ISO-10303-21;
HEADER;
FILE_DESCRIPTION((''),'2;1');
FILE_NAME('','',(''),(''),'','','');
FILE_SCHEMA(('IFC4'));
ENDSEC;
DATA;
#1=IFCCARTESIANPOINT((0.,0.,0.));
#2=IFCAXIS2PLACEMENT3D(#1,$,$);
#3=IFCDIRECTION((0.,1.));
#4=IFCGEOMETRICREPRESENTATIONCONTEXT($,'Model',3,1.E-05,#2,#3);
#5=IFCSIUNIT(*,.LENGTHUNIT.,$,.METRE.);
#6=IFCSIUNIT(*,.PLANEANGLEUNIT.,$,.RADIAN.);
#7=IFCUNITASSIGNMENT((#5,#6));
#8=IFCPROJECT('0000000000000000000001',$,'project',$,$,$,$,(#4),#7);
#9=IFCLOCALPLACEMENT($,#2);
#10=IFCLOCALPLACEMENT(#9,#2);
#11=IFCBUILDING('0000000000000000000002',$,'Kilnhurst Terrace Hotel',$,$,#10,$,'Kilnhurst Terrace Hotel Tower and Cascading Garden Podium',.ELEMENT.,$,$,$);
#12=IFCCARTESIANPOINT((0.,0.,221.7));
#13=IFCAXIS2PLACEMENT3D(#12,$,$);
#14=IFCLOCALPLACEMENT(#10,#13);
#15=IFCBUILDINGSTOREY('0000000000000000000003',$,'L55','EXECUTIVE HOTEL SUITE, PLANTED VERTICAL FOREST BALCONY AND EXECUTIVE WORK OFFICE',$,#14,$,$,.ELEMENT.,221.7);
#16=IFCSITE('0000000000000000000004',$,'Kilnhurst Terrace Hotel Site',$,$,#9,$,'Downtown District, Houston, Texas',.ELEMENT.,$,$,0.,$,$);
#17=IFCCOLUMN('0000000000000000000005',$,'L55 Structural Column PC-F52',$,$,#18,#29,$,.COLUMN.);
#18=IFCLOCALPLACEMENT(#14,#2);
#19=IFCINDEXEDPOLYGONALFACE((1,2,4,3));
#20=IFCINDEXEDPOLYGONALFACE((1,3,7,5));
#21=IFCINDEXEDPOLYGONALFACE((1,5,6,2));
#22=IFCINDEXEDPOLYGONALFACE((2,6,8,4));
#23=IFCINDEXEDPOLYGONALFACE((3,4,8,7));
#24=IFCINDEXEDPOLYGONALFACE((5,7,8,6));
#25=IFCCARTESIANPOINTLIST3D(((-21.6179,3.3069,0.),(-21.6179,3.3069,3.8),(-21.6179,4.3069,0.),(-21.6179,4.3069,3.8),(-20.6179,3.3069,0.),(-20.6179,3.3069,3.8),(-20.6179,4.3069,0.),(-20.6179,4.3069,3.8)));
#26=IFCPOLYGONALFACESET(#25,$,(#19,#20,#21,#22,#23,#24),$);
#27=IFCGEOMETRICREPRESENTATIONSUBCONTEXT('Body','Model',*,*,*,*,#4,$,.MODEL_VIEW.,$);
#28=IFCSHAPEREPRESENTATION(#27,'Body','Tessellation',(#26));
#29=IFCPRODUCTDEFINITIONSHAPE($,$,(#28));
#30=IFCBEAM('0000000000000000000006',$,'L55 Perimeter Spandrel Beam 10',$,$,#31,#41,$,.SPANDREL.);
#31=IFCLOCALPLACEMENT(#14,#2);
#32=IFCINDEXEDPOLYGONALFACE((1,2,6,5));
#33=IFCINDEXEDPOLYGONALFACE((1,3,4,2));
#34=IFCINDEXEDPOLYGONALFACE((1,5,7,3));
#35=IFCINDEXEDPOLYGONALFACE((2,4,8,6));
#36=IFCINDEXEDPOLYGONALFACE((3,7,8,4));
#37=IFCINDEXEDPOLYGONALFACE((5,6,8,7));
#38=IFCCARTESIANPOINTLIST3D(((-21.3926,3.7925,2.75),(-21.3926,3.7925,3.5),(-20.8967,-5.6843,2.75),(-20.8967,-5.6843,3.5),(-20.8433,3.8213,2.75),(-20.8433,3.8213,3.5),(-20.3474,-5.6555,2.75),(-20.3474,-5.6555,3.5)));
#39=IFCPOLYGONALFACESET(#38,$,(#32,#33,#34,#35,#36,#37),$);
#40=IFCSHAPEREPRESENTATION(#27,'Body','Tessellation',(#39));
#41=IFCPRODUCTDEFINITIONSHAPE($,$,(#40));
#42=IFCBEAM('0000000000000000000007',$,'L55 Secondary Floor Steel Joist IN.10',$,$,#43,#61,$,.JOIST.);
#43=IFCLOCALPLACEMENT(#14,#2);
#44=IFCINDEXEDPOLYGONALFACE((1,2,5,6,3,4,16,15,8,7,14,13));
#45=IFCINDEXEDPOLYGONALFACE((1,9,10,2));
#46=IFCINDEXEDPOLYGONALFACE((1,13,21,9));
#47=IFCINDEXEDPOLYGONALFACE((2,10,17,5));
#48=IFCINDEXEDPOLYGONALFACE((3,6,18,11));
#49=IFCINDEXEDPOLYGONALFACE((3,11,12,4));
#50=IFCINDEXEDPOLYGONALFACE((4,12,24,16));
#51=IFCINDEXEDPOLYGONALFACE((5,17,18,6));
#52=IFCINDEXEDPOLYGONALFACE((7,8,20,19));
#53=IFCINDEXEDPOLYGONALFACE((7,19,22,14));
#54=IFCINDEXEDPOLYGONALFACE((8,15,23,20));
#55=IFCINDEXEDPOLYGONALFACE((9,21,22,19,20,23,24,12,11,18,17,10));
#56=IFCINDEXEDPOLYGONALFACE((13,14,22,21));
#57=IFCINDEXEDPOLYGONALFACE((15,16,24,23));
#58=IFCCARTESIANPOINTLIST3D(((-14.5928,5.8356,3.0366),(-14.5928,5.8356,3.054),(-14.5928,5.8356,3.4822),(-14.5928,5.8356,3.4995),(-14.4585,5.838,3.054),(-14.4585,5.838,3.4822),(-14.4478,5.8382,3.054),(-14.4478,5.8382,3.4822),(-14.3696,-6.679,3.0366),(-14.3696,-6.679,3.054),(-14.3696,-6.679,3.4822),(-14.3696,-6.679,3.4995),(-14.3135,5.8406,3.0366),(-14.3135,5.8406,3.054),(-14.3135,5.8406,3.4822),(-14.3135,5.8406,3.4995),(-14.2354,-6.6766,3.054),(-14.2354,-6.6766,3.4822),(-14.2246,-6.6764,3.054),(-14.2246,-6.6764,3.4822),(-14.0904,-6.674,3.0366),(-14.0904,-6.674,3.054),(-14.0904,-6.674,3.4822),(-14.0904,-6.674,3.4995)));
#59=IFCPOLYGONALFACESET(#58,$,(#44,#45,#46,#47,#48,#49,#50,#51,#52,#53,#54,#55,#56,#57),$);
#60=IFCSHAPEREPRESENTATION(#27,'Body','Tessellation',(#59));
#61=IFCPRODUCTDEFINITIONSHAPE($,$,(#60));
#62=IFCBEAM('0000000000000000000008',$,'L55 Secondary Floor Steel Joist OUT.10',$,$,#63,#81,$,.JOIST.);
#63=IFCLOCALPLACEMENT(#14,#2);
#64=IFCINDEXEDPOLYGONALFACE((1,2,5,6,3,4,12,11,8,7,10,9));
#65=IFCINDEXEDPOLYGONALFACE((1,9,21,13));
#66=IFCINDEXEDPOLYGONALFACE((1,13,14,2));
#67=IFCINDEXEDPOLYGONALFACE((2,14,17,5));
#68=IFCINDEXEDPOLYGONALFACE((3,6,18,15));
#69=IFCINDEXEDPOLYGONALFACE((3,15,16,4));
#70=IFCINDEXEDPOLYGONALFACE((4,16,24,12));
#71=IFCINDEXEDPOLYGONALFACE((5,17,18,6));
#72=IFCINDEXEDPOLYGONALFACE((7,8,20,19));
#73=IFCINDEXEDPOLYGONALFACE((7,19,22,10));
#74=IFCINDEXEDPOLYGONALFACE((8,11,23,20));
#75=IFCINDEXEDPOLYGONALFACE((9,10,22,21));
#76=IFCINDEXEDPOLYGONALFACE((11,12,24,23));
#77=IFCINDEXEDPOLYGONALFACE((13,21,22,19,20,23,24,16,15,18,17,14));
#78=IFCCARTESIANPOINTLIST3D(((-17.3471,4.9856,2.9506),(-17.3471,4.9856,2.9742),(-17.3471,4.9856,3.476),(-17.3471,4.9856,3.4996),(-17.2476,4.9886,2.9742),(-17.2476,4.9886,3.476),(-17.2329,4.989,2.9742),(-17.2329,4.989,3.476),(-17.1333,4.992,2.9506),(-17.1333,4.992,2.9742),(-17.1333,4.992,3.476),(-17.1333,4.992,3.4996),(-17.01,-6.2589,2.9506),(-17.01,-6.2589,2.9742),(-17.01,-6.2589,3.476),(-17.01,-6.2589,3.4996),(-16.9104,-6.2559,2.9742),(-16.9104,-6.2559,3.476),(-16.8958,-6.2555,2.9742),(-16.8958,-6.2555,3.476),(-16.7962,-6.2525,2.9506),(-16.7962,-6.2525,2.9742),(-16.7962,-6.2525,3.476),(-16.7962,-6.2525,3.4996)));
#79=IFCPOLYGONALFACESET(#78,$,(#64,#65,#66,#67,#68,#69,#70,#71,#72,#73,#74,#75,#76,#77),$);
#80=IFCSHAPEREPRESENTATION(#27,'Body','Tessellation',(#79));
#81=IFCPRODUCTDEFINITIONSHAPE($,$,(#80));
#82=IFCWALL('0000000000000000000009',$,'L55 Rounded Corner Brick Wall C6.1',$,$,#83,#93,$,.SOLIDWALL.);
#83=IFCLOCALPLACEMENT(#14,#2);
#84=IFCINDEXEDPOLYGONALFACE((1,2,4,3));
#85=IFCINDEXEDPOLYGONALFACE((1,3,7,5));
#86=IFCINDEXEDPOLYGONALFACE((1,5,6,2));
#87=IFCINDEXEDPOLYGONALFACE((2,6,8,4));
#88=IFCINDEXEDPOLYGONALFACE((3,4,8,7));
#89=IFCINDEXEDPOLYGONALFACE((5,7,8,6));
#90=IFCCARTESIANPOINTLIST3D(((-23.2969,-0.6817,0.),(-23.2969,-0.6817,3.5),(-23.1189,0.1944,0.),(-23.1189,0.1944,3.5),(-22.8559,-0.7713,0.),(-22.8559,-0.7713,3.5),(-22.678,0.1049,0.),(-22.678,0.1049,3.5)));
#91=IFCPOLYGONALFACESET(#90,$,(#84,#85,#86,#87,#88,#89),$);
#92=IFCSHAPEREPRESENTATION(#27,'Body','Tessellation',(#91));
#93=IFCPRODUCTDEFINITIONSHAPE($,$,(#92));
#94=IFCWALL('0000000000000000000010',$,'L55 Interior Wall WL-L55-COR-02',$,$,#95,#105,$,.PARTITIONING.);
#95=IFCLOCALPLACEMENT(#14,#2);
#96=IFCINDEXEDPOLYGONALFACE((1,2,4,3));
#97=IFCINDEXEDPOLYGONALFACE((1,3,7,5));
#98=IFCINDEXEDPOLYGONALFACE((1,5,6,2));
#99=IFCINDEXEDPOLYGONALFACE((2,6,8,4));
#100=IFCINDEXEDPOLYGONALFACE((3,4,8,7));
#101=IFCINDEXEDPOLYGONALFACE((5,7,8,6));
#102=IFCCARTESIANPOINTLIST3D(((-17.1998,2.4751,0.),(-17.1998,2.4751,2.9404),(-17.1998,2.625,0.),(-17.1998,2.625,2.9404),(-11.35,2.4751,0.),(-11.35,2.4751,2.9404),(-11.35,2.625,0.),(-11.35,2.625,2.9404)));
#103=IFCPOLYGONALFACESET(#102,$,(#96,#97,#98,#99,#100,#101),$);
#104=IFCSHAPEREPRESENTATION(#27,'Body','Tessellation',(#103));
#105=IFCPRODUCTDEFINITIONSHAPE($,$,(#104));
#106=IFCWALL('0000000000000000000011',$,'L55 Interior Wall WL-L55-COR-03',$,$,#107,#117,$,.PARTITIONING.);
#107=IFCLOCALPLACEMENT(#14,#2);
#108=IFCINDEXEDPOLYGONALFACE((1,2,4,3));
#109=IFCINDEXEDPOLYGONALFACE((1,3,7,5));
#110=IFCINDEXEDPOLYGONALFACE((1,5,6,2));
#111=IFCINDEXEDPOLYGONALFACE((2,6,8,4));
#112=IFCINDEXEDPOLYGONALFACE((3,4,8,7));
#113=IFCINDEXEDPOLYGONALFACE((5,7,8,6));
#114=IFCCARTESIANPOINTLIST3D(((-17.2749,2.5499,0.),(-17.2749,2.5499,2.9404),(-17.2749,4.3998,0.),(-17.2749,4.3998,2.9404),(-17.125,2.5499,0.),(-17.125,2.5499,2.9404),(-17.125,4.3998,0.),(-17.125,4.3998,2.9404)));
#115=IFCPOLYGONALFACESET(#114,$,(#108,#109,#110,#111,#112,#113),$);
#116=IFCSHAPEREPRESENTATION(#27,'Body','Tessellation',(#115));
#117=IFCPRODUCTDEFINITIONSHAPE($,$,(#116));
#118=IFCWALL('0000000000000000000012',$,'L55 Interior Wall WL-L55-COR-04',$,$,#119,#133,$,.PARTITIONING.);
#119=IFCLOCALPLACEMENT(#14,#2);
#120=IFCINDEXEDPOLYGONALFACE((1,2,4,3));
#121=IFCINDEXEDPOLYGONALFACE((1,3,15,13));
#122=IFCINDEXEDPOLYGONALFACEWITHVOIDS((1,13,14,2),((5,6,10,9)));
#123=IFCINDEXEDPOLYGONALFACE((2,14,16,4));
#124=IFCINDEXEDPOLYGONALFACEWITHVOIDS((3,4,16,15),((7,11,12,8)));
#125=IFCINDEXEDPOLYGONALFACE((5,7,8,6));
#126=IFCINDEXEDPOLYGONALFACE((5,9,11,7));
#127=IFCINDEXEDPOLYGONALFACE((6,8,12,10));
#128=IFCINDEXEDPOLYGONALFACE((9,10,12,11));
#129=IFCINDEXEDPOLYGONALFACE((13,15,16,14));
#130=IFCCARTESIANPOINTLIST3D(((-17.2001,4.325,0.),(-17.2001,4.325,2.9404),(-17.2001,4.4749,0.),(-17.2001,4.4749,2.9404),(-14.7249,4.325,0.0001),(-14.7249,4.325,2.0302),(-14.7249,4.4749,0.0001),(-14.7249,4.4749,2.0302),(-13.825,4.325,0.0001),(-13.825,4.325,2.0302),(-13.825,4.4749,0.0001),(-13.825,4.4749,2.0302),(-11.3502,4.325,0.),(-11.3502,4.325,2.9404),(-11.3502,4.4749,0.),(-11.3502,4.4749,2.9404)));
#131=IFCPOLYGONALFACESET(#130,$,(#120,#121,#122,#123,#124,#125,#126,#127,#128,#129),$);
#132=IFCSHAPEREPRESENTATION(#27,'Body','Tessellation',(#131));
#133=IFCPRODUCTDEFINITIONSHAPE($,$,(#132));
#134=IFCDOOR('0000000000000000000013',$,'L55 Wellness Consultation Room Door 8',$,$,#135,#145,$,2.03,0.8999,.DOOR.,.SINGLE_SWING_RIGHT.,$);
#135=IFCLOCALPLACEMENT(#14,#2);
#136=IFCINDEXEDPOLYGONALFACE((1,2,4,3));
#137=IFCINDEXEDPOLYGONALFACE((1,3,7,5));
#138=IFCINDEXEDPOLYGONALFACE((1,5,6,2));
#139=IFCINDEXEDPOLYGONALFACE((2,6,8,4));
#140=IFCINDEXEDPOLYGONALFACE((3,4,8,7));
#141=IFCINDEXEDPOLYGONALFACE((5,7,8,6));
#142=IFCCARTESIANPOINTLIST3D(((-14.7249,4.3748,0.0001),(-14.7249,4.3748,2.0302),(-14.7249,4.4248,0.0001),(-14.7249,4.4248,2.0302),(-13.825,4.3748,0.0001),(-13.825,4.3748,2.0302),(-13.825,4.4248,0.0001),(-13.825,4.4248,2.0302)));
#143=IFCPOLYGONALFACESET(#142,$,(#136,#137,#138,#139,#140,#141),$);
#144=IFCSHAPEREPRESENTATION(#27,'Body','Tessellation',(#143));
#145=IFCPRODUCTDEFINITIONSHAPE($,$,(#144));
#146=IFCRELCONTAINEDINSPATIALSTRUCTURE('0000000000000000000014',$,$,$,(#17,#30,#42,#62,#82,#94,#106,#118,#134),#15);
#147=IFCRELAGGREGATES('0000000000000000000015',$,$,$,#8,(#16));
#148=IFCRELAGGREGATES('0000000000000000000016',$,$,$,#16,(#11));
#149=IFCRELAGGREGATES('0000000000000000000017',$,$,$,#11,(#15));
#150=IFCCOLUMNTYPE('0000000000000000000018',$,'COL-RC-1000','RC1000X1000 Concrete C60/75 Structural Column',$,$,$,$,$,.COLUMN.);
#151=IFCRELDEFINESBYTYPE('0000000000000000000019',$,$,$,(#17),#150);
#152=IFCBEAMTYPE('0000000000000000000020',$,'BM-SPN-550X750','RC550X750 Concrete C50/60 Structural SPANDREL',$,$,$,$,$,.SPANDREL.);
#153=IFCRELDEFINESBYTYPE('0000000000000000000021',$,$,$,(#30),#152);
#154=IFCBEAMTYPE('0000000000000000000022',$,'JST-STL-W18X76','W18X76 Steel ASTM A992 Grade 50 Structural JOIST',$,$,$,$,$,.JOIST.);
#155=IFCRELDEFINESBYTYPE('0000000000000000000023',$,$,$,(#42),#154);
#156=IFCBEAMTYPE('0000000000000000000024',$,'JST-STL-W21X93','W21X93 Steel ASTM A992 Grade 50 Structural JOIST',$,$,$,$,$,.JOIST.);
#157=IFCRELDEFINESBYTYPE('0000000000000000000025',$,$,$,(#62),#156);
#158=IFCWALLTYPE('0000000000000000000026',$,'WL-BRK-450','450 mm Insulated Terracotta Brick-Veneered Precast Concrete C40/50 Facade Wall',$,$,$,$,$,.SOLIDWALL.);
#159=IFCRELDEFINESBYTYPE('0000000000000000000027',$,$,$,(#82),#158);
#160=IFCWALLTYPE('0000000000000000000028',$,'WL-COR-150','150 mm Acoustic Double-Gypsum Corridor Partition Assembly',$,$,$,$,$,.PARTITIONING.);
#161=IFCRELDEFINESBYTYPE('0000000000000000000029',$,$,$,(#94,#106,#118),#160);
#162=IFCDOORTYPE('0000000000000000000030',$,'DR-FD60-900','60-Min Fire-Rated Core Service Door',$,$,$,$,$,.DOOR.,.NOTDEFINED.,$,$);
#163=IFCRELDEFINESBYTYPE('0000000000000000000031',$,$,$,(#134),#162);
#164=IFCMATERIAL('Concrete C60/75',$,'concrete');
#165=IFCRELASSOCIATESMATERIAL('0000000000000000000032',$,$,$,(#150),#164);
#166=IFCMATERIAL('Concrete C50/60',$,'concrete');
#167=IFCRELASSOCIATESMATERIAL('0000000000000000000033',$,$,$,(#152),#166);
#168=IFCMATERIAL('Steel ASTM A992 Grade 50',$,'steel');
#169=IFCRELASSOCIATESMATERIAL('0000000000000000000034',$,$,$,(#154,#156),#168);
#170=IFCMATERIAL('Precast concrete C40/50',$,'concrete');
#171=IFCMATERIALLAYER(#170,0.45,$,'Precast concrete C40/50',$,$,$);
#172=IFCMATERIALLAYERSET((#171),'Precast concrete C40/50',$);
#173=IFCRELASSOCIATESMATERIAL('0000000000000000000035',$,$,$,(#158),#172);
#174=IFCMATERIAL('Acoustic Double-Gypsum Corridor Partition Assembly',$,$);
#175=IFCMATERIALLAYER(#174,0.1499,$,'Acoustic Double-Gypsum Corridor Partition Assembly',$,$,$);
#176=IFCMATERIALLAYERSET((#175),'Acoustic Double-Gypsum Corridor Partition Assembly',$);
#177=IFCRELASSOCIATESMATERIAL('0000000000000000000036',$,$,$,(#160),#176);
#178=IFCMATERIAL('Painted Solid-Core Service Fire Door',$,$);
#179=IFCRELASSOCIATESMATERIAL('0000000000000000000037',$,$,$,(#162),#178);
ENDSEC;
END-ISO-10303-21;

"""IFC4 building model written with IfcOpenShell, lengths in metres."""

from ifc_helpers import new_model, si_unit, direction, frame, frame_2d, origin, origin_2d, place, context, subcontext, project, spatial, rectangle, i_section, extrude, material, layer, layer_set, material_profile, profile_set, type_object, element, fill, save


model = new_model("IFC4")

# Units and contexts
model_context = context("Model", 3, precision=1e-05, world=origin(), true_north=direction((0.0, 1.0)))
body_context = subcontext(model_context, "Body", "Model", "MODEL_VIEW")
ifc_project = project(units=[si_unit("LENGTHUNIT", "METRE"), si_unit("PLANEANGLEUNIT", "RADIAN")], contexts=[model_context])

# Site, building, storey
site_placement = place(None, origin())
site = spatial("IfcSite", under=ifc_project, at=site_placement, Name="Kilnhurst Terrace Hotel Site", LongName="Downtown District, Houston, Texas", CompositionType="ELEMENT", RefElevation=0.0)
building_placement = place(site_placement, origin())
building = spatial("IfcBuilding", under=site, at=building_placement, Name="Kilnhurst Terrace Hotel", LongName="Kilnhurst Terrace Hotel Tower and Cascading Garden Podium", CompositionType="ELEMENT")
storey_placement = place(building_placement, frame((0.0, 0.0, 221.7)))
storey = spatial("IfcBuildingStorey", under=building, at=storey_placement, Name="L55", Description="EXECUTIVE HOTEL SUITE, PLANTED VERTICAL FOREST BALCONY AND EXECUTIVE WORK OFFICE", CompositionType="ELEMENT", Elevation=221.7)

# Column
ifc_material_1 = material(Name="Concrete C60/75", Category="concrete")
ifc_material_profile_1 = material_profile(ifc_material_1, rectangle(XDim=1.0, YDim=1.0, at=origin_2d()), Name="RC1000X1000")
ifc_profile_set_1 = profile_set([ifc_material_profile_1], Name="Concrete C60/75")
column_type = type_object("IfcColumnType", Name="COL-RC-1000", Description="RC1000X1000 Concrete C60/75 Structural Column", PredefinedType="COLUMN", material=ifc_profile_set_1)
column_placement = place(storey_placement, frame((-21.1179, 3.8069, 0.0), z_axis=(0.0, 0.0, 1.0), x_axis=(1.0, 0.0, 0.0)))
element("IfcColumn", 1, at=column_placement, inside=storey, type_object=column_type, Name="L55 Structural Column PC-F52", PredefinedType="COLUMN", context=body_context, shape_type="SweptSolid", body=[
    extrude(rectangle(XDim=1.0, YDim=1.0, at=origin_2d()), origin(), (0.0, 0.0, 1.0), 3.8),
])

# Beams
ifc_material_2 = material(Name="Concrete C50/60", Category="concrete")
ifc_material_profile_2 = material_profile(ifc_material_2, rectangle(XDim=0.55, YDim=0.75, at=origin_2d()), Name="RC550X750")
ifc_profile_set_2 = profile_set([ifc_material_profile_2], Name="Concrete C50/60")
beam_type_1 = type_object("IfcBeamType", Name="BM-SPN-550X750", Description="RC550X750 Concrete C50/60 Structural SPANDREL", PredefinedType="SPANDREL", material=ifc_profile_set_2)
beam_1_placement = place(storey_placement, frame((-21.1179, 3.8069, 3.125), z_axis=(0.052251, -0.998634, 0.0), x_axis=(0.998634, 0.052251, 0.0)))
element("IfcBeam", 2, at=beam_1_placement, inside=storey, type_object=beam_type_1, Name="L55 Perimeter Spandrel Beam 10", PredefinedType="SPANDREL", context=body_context, shape_type="SweptSolid", body=[
    extrude(rectangle(XDim=0.55, YDim=0.75, at=origin_2d()), origin(), (0.0, 0.0, 1.0), 9.4897),
])
ifc_material_3 = material(Name="Steel ASTM A992 Grade 50", Category="steel")
ifc_material_profile_3 = material_profile(ifc_material_3, i_section(OverallWidth=0.2793, OverallDepth=0.4629, WebThickness=0.0107, FlangeThickness=0.0173, at=origin_2d()), Name="W18X76")
ifc_profile_set_3 = profile_set([ifc_material_profile_3], Name="Steel ASTM A992 Grade 50")
beam_type_2 = type_object("IfcBeamType", Name="JST-STL-W18X76", Description="W18X76 Steel ASTM A992 Grade 50 Structural JOIST", PredefinedType="JOIST", material=ifc_profile_set_3)
beam_2_placement = place(storey_placement, frame((-14.4531, 5.8381, 3.2681), z_axis=(0.017828, -0.999841, 0.0), x_axis=(0.999841, 0.017828, 0.0)))
element("IfcBeam", 3, at=beam_2_placement, inside=storey, type_object=beam_type_2, Name="L55 Secondary Floor Steel Joist IN.10", PredefinedType="JOIST", context=body_context, shape_type="SweptSolid", body=[
    extrude(i_section(OverallWidth=0.2793, OverallDepth=0.4629, WebThickness=0.0107, FlangeThickness=0.0173, at=origin_2d()), origin(), (0.0, 0.0, 1.0), 12.5166),
])
ifc_material_profile_4 = material_profile(ifc_material_3, i_section(OverallWidth=0.2139, OverallDepth=0.5491, WebThickness=0.0146, FlangeThickness=0.0237, at=origin_2d()), Name="W21X93")
ifc_profile_set_4 = profile_set([ifc_material_profile_4], Name="Steel ASTM A992 Grade 50")
beam_type_3 = type_object("IfcBeamType", Name="JST-STL-W21X93", Description="W21X93 Steel ASTM A992 Grade 50 Structural JOIST", PredefinedType="JOIST", material=ifc_profile_set_4)
beam_3_placement = place(storey_placement, frame((-17.2402, 4.9888, 3.2251), z_axis=(0.029971, -0.999551, 0.0), x_axis=(0.999551, 0.029971, 0.0)))
element("IfcBeam", 4, at=beam_3_placement, inside=storey, type_object=beam_type_3, Name="L55 Secondary Floor Steel Joist OUT.10", PredefinedType="JOIST", context=body_context, shape_type="SweptSolid", body=[
    extrude(i_section(OverallWidth=0.2139, OverallDepth=0.5491, WebThickness=0.0146, FlangeThickness=0.0237, at=origin_2d()), origin(), (0.0, 0.0, 1.0), 11.2495),
])

# Walls
ifc_material_4 = material(Name="Precast concrete C40/50", Category="concrete")
ifc_layer_1 = layer(ifc_material_4, 0.45, Name="Precast concrete C40/50")
ifc_layer_set_1 = layer_set([ifc_layer_1], Name="Precast concrete C40/50")
wall_type_1 = type_object("IfcWallType", Name="WL-BRK-450", Description="450 mm Insulated Terracotta Brick-Veneered Precast Concrete C40/50 Facade Wall", PredefinedType="SOLIDWALL", material=ifc_layer_set_1)
wall_1_placement = place(storey_placement, frame((-22.8984, 0.1497, 0.0), z_axis=(0.0, 0.0, 1.0), x_axis=(-0.199056, -0.979988, 0.0)))
element("IfcWall", 5, at=wall_1_placement, inside=storey, type_object=wall_type_1, Name="L55 Rounded Corner Brick Wall C6.1", PredefinedType="SOLIDWALL", context=body_context, shape_type="SweptSolid", body=[
    extrude(rectangle(XDim=0.894, YDim=0.45, at=frame_2d((0.447, 0.0))), origin(), (0.0, 0.0, 1.0), 3.5),
])
ifc_material_5 = material(Name="Acoustic Double-Gypsum Corridor Partition Assembly")
ifc_layer_2 = layer(ifc_material_5, 0.1499, Name="Acoustic Double-Gypsum Corridor Partition Assembly")
ifc_layer_set_2 = layer_set([ifc_layer_2], Name="Acoustic Double-Gypsum Corridor Partition Assembly")
wall_type_2 = type_object("IfcWallType", Name="WL-COR-150", Description="150 mm Acoustic Double-Gypsum Corridor Partition Assembly", PredefinedType="PARTITIONING", material=ifc_layer_set_2)
wall_2_placement = place(storey_placement, frame((-11.3501, 2.55, 0.0), z_axis=(0.0, 0.0, 1.0), x_axis=(-1.0, 0.0, 0.0)))
element("IfcWall", 6, at=wall_2_placement, inside=storey, type_object=wall_type_2, Name="L55 Interior Wall WL-L55-COR-02", PredefinedType="PARTITIONING", context=body_context, shape_type="SweptSolid", body=[
    extrude(rectangle(XDim=5.8499, YDim=0.1499, at=frame_2d((2.9248, 0.0))), origin(), (0.0, 0.0, 1.0), 2.9404),
])
wall_3_placement = place(storey_placement, frame((-17.2, 2.55, 0.0), z_axis=(0.0, 0.0, 1.0), x_axis=(0.0, 1.0, 0.0)))
element("IfcWall", 7, at=wall_3_placement, inside=storey, type_object=wall_type_2, Name="L55 Interior Wall WL-L55-COR-03", PredefinedType="PARTITIONING", context=body_context, shape_type="SweptSolid", body=[
    extrude(rectangle(XDim=1.8499, YDim=0.1499, at=frame_2d((0.9248, 0.0))), origin(), (0.0, 0.0, 1.0), 2.9404),
])

# Wall, opening, door
wall_4_placement = place(storey_placement, frame((-17.2, 4.3999, 0.0), z_axis=(0.0, 0.0, 1.0), x_axis=(1.0, 0.0, 0.0)))
wall_4 = element("IfcWall", 8, at=wall_4_placement, inside=storey, type_object=wall_type_2, Name="L55 Interior Wall WL-L55-COR-04", PredefinedType="PARTITIONING", context=body_context, shape_type="SweptSolid", body=[
    extrude(rectangle(XDim=5.8499, YDim=0.1499, at=frame_2d((2.9248, 0.0))), origin(), (0.0, 0.0, 1.0), 2.9404),
])
opening_1_placement = place(wall_4_placement, frame((2.4751, 0.0, 0.0)))
opening_1 = element("IfcOpeningElement", 9, at=opening_1_placement, cuts=wall_4, PredefinedType="OPENING", context=body_context, shape_type="SweptSolid", body=[
    extrude(rectangle(XDim=0.8999, YDim=2.03, at=frame_2d((0.45, 1.0151))), frame((0.0, 0.085, 0.0), z_axis=(0.0, -1.0, 0.0), x_axis=(1.0, 0.0, 0.0)), (0.0, 0.0, 1.0), 0.1699),
])
ifc_material_6 = material(Name="Painted Solid-Core Service Fire Door")
door_type_1 = type_object("IfcDoorType", Name="DR-FD60-900", Description="60-Min Fire-Rated Core Service Door", OperationType="NOTDEFINED", PredefinedType="DOOR", material=ifc_material_6)
door_1_placement = place(opening_1_placement, origin())
door_1 = element("IfcDoor", 10, at=door_1_placement, inside=storey, type_object=door_type_1, Name="L55 Wellness Consultation Room Door 8", OperationType="SINGLE_SWING_RIGHT", OverallHeight=2.03, OverallWidth=0.8999, PredefinedType="DOOR", context=body_context, shape_type="SweptSolid", body=[
    extrude(rectangle(XDim=0.8999, YDim=2.03, at=frame_2d((0.45, 1.0151))), frame((0.0, 0.0249, 0.0), z_axis=(0.0, -1.0, 0.0), x_axis=(1.0, 0.0, 0.0)), (0.0, 0.0, 1.0), 0.05),
])
fill(opening_1, door_1)

save(model, "model.ifc")
